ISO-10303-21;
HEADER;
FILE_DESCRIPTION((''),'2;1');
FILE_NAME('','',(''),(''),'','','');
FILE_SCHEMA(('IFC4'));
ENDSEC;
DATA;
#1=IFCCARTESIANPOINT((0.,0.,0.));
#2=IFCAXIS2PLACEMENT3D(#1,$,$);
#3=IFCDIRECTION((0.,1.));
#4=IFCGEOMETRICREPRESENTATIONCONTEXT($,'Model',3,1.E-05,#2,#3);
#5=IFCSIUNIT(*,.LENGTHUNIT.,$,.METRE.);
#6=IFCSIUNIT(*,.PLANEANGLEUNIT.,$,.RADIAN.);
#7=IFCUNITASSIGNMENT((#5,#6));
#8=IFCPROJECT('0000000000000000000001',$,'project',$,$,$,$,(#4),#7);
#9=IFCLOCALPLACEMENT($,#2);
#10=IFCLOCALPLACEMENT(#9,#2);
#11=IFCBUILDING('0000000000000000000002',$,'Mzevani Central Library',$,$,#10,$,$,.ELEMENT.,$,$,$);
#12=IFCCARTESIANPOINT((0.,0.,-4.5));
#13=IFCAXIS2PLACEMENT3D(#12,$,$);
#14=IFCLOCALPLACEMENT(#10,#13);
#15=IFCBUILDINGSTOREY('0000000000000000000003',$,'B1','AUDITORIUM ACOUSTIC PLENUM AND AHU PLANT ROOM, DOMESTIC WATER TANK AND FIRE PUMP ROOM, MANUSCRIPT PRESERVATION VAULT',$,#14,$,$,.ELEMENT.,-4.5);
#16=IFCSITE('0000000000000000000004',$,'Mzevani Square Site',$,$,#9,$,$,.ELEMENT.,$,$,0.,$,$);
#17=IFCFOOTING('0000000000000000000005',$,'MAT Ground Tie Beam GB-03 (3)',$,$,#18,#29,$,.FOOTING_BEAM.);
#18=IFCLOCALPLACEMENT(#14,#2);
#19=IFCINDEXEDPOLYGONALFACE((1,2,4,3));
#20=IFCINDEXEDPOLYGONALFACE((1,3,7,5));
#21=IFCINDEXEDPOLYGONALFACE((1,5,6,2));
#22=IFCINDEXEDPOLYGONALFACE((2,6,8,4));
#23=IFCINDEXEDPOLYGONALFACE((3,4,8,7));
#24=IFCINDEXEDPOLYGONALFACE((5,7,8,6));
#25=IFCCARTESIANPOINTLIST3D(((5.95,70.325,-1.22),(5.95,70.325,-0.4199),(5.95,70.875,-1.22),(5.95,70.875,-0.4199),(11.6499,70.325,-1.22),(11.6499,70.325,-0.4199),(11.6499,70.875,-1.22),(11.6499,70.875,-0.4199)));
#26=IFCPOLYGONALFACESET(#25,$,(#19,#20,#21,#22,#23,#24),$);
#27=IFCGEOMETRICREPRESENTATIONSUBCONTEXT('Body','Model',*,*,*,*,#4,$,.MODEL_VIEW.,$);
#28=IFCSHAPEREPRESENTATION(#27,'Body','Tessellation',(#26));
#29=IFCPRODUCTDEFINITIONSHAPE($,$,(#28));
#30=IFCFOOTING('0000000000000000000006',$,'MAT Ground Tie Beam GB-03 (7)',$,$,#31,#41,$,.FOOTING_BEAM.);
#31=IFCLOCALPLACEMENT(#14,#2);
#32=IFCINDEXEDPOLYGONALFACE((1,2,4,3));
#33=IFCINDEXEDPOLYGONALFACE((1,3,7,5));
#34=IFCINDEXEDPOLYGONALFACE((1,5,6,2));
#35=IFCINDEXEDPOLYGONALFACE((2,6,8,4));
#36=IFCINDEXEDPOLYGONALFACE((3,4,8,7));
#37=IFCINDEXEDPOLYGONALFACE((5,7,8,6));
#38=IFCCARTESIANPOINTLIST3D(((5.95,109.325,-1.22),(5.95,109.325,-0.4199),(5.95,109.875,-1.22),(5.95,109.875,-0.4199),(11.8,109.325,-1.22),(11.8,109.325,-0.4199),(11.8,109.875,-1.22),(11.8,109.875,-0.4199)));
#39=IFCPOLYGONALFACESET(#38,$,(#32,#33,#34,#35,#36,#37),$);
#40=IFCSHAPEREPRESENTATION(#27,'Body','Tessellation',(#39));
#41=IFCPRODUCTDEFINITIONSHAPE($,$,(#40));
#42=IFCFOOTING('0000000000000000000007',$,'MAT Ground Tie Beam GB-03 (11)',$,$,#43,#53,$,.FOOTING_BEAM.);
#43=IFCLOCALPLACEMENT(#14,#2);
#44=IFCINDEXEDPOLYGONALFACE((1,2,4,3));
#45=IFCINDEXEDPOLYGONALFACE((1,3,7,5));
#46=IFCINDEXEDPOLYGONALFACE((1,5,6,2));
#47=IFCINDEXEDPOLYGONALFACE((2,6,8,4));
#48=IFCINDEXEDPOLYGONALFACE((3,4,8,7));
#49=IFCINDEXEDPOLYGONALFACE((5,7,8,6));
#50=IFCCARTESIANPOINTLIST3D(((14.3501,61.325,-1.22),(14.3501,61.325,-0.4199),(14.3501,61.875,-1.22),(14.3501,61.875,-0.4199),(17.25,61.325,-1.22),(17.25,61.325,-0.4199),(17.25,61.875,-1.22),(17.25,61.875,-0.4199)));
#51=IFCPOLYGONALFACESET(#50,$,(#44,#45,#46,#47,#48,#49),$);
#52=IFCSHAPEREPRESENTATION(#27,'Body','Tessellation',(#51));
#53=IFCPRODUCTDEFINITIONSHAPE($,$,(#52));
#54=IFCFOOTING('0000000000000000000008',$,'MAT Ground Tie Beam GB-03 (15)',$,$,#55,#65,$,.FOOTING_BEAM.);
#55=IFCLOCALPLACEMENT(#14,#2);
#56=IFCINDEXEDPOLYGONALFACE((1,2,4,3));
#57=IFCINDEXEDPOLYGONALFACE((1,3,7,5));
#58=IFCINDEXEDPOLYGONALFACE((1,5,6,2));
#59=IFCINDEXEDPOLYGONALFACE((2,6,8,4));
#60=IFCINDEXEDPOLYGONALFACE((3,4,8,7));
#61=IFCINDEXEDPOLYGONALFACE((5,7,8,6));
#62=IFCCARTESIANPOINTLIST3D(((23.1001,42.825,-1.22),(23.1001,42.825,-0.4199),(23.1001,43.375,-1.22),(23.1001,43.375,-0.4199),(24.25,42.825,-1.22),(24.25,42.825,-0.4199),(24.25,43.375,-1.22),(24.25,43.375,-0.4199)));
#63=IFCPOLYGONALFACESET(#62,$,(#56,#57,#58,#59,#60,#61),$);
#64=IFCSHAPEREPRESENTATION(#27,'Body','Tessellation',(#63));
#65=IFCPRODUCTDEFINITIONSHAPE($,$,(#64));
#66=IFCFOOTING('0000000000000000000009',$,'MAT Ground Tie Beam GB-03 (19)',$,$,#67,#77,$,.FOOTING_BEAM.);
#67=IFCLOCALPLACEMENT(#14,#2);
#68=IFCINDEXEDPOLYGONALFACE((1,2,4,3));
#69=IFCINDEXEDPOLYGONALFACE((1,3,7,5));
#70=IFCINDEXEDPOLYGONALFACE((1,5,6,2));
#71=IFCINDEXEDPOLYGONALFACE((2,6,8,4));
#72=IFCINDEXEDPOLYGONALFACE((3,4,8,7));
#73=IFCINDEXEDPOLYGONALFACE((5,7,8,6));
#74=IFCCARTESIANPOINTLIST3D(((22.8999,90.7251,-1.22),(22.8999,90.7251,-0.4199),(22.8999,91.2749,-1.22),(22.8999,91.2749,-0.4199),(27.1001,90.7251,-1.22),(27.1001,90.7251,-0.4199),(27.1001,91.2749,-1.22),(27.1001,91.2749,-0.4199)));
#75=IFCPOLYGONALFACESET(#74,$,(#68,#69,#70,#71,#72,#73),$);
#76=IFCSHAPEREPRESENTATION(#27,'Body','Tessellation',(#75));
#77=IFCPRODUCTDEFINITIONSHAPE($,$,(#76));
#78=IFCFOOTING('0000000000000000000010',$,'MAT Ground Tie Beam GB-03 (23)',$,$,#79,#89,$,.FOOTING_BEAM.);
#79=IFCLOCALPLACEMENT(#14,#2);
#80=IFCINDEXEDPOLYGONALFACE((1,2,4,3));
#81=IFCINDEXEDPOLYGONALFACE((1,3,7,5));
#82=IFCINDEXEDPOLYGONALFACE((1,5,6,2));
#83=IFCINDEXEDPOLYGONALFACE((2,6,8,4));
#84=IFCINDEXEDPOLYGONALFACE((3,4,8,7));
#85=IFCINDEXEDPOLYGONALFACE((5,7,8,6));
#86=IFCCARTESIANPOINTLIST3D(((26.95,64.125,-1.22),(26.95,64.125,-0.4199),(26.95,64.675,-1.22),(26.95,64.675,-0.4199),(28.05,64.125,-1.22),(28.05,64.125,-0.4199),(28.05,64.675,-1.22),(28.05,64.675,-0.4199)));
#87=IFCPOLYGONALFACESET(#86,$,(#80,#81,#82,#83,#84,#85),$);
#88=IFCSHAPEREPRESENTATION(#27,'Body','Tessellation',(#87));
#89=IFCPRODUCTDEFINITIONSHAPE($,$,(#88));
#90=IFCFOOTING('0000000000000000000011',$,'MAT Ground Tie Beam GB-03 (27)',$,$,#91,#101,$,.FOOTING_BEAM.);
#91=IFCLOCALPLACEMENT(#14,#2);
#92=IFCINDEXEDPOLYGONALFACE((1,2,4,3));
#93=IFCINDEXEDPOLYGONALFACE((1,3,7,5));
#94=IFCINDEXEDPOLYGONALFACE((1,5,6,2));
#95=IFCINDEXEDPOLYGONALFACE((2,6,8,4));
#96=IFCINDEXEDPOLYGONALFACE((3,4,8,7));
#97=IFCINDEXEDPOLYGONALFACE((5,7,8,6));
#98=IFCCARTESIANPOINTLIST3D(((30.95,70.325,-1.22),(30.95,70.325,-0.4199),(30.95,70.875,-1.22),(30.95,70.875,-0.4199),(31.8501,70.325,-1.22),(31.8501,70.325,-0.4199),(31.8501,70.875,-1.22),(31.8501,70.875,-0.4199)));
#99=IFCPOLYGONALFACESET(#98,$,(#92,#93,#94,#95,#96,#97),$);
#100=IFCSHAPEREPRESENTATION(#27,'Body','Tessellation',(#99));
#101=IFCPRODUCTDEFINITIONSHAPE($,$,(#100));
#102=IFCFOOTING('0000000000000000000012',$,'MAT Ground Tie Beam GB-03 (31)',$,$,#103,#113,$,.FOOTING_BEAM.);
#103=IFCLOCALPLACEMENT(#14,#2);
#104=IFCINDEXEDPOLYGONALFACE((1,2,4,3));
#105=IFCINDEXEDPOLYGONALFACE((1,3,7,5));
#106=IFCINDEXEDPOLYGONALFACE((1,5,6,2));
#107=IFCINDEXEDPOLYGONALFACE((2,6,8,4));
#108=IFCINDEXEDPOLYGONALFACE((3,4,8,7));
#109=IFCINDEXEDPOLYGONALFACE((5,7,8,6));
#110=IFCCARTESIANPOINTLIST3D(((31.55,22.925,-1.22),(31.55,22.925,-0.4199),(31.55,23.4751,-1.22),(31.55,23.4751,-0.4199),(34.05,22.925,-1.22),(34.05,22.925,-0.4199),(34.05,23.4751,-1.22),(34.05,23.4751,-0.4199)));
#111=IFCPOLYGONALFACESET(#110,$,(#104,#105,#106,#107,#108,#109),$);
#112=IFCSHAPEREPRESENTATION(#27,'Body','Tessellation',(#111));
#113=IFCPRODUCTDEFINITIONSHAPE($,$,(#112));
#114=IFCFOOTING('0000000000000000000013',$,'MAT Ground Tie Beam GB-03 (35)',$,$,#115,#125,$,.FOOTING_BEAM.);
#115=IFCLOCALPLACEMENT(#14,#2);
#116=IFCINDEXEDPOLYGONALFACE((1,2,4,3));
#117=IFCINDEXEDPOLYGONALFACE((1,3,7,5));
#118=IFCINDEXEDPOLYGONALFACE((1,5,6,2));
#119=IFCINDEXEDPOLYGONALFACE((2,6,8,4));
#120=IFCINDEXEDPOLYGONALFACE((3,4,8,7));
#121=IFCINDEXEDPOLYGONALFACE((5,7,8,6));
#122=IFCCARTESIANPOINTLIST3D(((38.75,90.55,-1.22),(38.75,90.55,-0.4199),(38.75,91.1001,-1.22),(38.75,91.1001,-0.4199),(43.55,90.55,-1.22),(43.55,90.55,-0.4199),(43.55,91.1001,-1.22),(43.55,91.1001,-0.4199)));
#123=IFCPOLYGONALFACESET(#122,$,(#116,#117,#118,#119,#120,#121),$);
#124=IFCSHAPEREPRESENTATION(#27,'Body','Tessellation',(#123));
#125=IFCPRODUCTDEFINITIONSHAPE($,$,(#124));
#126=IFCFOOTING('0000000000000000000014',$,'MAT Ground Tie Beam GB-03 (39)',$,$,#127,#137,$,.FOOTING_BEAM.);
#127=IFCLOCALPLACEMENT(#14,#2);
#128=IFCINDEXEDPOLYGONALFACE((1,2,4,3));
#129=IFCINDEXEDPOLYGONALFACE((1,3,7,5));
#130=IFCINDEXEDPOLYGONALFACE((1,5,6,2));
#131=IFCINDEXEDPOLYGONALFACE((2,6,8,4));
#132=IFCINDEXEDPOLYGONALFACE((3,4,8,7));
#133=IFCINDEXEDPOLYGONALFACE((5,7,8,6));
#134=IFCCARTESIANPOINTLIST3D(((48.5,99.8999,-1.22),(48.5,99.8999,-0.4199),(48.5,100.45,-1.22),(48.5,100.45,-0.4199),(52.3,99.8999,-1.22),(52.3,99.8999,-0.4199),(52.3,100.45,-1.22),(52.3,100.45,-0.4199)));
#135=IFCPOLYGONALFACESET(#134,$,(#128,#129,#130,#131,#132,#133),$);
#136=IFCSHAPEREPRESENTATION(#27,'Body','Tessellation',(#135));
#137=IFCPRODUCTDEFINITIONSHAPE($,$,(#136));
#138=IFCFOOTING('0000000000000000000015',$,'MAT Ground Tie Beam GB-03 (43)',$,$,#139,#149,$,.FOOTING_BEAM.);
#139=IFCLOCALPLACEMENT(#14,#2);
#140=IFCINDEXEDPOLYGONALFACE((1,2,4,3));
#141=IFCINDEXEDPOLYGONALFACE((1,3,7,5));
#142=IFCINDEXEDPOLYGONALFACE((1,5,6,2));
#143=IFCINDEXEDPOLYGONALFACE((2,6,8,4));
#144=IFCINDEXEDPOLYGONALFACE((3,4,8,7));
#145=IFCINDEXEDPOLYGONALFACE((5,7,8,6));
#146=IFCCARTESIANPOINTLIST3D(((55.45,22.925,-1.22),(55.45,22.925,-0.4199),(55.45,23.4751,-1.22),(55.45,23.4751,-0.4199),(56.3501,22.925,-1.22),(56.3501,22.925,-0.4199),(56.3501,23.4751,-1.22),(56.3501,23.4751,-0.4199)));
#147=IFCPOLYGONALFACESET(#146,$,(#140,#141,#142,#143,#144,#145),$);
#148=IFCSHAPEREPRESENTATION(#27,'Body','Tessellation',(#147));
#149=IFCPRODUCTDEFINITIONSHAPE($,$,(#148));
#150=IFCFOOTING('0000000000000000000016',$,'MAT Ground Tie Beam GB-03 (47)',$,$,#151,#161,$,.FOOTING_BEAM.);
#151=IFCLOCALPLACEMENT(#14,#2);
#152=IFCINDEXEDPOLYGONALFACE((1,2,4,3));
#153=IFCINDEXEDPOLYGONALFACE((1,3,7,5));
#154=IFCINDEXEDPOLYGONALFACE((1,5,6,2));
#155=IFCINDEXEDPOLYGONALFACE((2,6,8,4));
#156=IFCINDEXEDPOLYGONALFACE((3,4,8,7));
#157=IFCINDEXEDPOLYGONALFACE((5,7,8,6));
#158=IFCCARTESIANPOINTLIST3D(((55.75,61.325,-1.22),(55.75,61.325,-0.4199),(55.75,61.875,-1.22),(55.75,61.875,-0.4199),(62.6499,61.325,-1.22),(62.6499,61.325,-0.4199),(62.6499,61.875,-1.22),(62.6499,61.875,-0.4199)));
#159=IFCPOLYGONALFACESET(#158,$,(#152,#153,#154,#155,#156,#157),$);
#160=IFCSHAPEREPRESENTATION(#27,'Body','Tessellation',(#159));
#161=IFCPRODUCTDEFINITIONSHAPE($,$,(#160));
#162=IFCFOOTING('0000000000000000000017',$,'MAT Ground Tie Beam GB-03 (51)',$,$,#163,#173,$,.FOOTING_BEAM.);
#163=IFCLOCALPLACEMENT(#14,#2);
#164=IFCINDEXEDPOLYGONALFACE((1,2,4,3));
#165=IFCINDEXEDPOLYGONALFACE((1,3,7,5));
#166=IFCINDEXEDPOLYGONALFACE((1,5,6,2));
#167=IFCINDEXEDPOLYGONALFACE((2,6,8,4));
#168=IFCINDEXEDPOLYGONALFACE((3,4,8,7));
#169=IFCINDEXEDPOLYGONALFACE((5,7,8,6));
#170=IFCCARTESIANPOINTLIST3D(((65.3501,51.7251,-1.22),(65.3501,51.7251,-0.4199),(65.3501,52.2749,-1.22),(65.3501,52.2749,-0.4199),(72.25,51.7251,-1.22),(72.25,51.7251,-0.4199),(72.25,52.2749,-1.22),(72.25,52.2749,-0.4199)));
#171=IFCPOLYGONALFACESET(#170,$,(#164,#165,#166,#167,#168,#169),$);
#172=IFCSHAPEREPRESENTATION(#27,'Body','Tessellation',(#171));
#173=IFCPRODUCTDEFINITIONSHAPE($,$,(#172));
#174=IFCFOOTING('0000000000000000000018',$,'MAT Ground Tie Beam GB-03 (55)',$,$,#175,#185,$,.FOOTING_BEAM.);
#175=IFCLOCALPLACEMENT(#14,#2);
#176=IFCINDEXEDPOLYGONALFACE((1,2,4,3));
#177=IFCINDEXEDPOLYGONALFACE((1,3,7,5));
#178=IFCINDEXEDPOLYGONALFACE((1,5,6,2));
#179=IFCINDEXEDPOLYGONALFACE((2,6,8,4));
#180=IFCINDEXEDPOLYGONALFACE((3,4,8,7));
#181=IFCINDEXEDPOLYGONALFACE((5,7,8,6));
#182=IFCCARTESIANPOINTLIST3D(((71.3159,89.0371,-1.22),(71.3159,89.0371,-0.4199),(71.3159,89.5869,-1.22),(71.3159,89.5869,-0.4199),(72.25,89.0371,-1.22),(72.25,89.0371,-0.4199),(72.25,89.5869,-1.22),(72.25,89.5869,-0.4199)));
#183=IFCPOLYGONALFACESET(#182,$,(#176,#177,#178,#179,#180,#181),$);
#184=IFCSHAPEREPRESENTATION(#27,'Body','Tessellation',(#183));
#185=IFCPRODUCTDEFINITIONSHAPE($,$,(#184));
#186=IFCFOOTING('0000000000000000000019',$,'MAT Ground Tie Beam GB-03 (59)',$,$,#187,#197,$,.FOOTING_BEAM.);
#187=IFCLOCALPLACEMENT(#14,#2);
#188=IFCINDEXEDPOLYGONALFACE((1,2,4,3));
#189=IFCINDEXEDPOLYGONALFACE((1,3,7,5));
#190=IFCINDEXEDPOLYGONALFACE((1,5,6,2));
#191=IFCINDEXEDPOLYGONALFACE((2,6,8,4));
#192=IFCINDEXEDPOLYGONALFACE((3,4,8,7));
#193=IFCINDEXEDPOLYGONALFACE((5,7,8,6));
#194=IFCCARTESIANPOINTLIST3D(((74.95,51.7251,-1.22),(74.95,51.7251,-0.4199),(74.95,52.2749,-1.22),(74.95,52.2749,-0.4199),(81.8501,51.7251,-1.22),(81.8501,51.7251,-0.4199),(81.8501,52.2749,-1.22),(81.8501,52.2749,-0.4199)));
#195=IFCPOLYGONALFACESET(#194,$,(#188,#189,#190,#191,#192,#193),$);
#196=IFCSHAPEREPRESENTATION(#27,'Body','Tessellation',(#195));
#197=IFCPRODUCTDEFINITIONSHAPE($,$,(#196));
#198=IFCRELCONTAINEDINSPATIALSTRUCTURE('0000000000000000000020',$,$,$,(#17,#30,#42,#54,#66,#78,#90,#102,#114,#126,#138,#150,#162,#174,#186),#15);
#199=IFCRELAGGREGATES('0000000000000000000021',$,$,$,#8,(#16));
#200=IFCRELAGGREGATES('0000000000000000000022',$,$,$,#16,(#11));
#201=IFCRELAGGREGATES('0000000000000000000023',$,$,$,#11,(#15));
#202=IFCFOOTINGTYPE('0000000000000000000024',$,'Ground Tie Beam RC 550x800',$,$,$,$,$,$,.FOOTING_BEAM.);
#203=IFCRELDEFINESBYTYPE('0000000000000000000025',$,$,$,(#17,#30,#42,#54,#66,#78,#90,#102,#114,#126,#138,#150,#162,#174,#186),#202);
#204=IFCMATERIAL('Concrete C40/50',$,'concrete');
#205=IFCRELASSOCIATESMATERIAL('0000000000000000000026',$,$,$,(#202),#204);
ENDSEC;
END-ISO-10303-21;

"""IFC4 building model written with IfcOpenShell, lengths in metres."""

from ifc_helpers import new_model, si_unit, direction, frame, origin, place, context, subcontext, project, spatial, polyline, outline, extrude, material, type_object, element, save


model = new_model("IFC4")

# Units and contexts
model_context = context("Model", 3, precision=1e-05, world=origin(), true_north=direction((0.0, 1.0)))
body_context = subcontext(model_context, "Body", "Model", "MODEL_VIEW")
ifc_project = project(units=[si_unit("LENGTHUNIT", "METRE"), si_unit("PLANEANGLEUNIT", "RADIAN")], contexts=[model_context])

# Site, building, storey
site_placement = place(None, origin())
site = spatial("IfcSite", under=ifc_project, at=site_placement, Name="Mzevani Square Site", CompositionType="ELEMENT", RefElevation=0.0)
building_placement = place(site_placement, origin())
building = spatial("IfcBuilding", under=site, at=building_placement, Name="Mzevani Central Library", CompositionType="ELEMENT")
storey_placement = place(building_placement, frame((0.0, 0.0, -4.5)))
storey = spatial("IfcBuildingStorey", under=building, at=storey_placement, Name="B1", Description="AUDITORIUM ACOUSTIC PLENUM AND AHU PLANT ROOM, DOMESTIC WATER TANK AND FIRE PUMP ROOM, MANUSCRIPT PRESERVATION VAULT", CompositionType="ELEMENT", Elevation=-4.5)

# Footings
ifc_material = material(Name="Concrete C40/50", Category="concrete")
footing_type_1 = type_object("IfcFootingType", Name="Ground Tie Beam RC 550x800", PredefinedType="FOOTING_BEAM", material=ifc_material)
footing_1_placement = place(storey_placement, frame((0.0, 0.0, -1.22)))
element("IfcFooting", 1, at=footing_1_placement, inside=storey, type_object=footing_type_1, Name="MAT Ground Tie Beam GB-03 (3)", PredefinedType="FOOTING_BEAM", context=body_context, shape_type="SweptSolid", body=[
    extrude(outline(polyline([(5.95, 70.325), (11.6499, 70.325), (11.6499, 70.875), (5.95, 70.875), (5.95, 70.325)])), origin(), (0.0, 0.0, 1.0), 0.8),
])
footing_2_placement = place(storey_placement, frame((0.0, 0.0, -1.22)))
element("IfcFooting", 2, at=footing_2_placement, inside=storey, type_object=footing_type_1, Name="MAT Ground Tie Beam GB-03 (7)", PredefinedType="FOOTING_BEAM", context=body_context, shape_type="SweptSolid", body=[
    extrude(outline(polyline([(5.95, 109.325), (11.8, 109.325), (11.8, 109.875), (5.95, 109.875), (5.95, 109.325)])), origin(), (0.0, 0.0, 1.0), 0.8),
])
footing_3_placement = place(storey_placement, frame((0.0, 0.0, -1.22)))
element("IfcFooting", 3, at=footing_3_placement, inside=storey, type_object=footing_type_1, Name="MAT Ground Tie Beam GB-03 (11)", PredefinedType="FOOTING_BEAM", context=body_context, shape_type="SweptSolid", body=[
    extrude(outline(polyline([(14.3501, 61.325), (17.25, 61.325), (17.25, 61.875), (14.3501, 61.875), (14.3501, 61.325)])), origin(), (0.0, 0.0, 1.0), 0.8),
])
footing_4_placement = place(storey_placement, frame((0.0, 0.0, -1.22)))
element("IfcFooting", 4, at=footing_4_placement, inside=storey, type_object=footing_type_1, Name="MAT Ground Tie Beam GB-03 (15)", PredefinedType="FOOTING_BEAM", context=body_context, shape_type="SweptSolid", body=[
    extrude(outline(polyline([(23.1001, 42.825), (24.25, 42.825), (24.25, 43.375), (23.1001, 43.375), (23.1001, 42.825)])), origin(), (0.0, 0.0, 1.0), 0.8),
])
footing_5_placement = place(storey_placement, frame((0.0, 0.0, -1.22)))
element("IfcFooting", 5, at=footing_5_placement, inside=storey, type_object=footing_type_1, Name="MAT Ground Tie Beam GB-03 (19)", PredefinedType="FOOTING_BEAM", context=body_context, shape_type="SweptSolid", body=[
    extrude(outline(polyline([(22.8999, 90.7251), (27.1001, 90.7251), (27.1001, 91.2749), (22.8999, 91.2749), (22.8999, 90.7251)])), origin(), (0.0, 0.0, 1.0), 0.8),
])
footing_6_placement = place(storey_placement, frame((0.0, 0.0, -1.22)))
element("IfcFooting", 6, at=footing_6_placement, inside=storey, type_object=footing_type_1, Name="MAT Ground Tie Beam GB-03 (23)", PredefinedType="FOOTING_BEAM", context=body_context, shape_type="SweptSolid", body=[
    extrude(outline(polyline([(26.95, 64.125), (28.05, 64.125), (28.05, 64.675), (26.95, 64.675), (26.95, 64.125)])), origin(), (0.0, 0.0, 1.0), 0.8),
])
footing_7_placement = place(storey_placement, frame((0.0, 0.0, -1.22)))
element("IfcFooting", 7, at=footing_7_placement, inside=storey, type_object=footing_type_1, Name="MAT Ground Tie Beam GB-03 (27)", PredefinedType="FOOTING_BEAM", context=body_context, shape_type="SweptSolid", body=[
    extrude(outline(polyline([(30.95, 70.325), (31.8501, 70.325), (31.8501, 70.875), (30.95, 70.875), (30.95, 70.325)])), origin(), (0.0, 0.0, 1.0), 0.8),
])
footing_8_placement = place(storey_placement, frame((0.0, 0.0, -1.22)))
element("IfcFooting", 8, at=footing_8_placement, inside=storey, type_object=footing_type_1, Name="MAT Ground Tie Beam GB-03 (31)", PredefinedType="FOOTING_BEAM", context=body_context, shape_type="SweptSolid", body=[
    extrude(outline(polyline([(31.55, 22.925), (34.05, 22.925), (34.05, 23.4751), (31.55, 23.4751), (31.55, 22.925)])), origin(), (0.0, 0.0, 1.0), 0.8),
])
footing_9_placement = place(storey_placement, frame((0.0, 0.0, -1.22)))
element("IfcFooting", 9, at=footing_9_placement, inside=storey, type_object=footing_type_1, Name="MAT Ground Tie Beam GB-03 (35)", PredefinedType="FOOTING_BEAM", context=body_context, shape_type="SweptSolid", body=[
    extrude(outline(polyline([(38.75, 90.55), (43.55, 90.55), (43.55, 91.1001), (38.75, 91.1001), (38.75, 90.55)])), origin(), (0.0, 0.0, 1.0), 0.8),
])
footing_10_placement = place(storey_placement, frame((0.0, 0.0, -1.22)))
element("IfcFooting", 10, at=footing_10_placement, inside=storey, type_object=footing_type_1, Name="MAT Ground Tie Beam GB-03 (39)", PredefinedType="FOOTING_BEAM", context=body_context, shape_type="SweptSolid", body=[
    extrude(outline(polyline([(48.5, 99.8999), (52.3, 99.8999), (52.3, 100.45), (48.5, 100.45), (48.5, 99.8999)])), origin(), (0.0, 0.0, 1.0), 0.8),
])
footing_11_placement = place(storey_placement, frame((0.0, 0.0, -1.22)))
element("IfcFooting", 11, at=footing_11_placement, inside=storey, type_object=footing_type_1, Name="MAT Ground Tie Beam GB-03 (43)", PredefinedType="FOOTING_BEAM", context=body_context, shape_type="SweptSolid", body=[
    extrude(outline(polyline([(55.45, 22.925), (56.3501, 22.925), (56.3501, 23.4751), (55.45, 23.4751), (55.45, 22.925)])), origin(), (0.0, 0.0, 1.0), 0.8),
])
footing_12_placement = place(storey_placement, frame((0.0, 0.0, -1.22)))
element("IfcFooting", 12, at=footing_12_placement, inside=storey, type_object=footing_type_1, Name="MAT Ground Tie Beam GB-03 (47)", PredefinedType="FOOTING_BEAM", context=body_context, shape_type="SweptSolid", body=[
    extrude(outline(polyline([(55.75, 61.325), (62.6499, 61.325), (62.6499, 61.875), (55.75, 61.875), (55.75, 61.325)])), origin(), (0.0, 0.0, 1.0), 0.8),
])
footing_13_placement = place(storey_placement, frame((0.0, 0.0, -1.22)))
element("IfcFooting", 13, at=footing_13_placement, inside=storey, type_object=footing_type_1, Name="MAT Ground Tie Beam GB-03 (51)", PredefinedType="FOOTING_BEAM", context=body_context, shape_type="SweptSolid", body=[
    extrude(outline(polyline([(65.3501, 51.7251), (72.25, 51.7251), (72.25, 52.2749), (65.3501, 52.2749), (65.3501, 51.7251)])), origin(), (0.0, 0.0, 1.0), 0.8),
])
footing_14_placement = place(storey_placement, frame((0.0, 0.0, -1.22)))
element("IfcFooting", 14, at=footing_14_placement, inside=storey, type_object=footing_type_1, Name="MAT Ground Tie Beam GB-03 (55)", PredefinedType="FOOTING_BEAM", context=body_context, shape_type="SweptSolid", body=[
    extrude(outline(polyline([(71.3159, 89.0371), (72.25, 89.0371), (72.25, 89.5869), (71.3159, 89.5869), (71.3159, 89.0371)])), origin(), (0.0, 0.0, 1.0), 0.8),
])
footing_15_placement = place(storey_placement, frame((0.0, 0.0, -1.22)))
element("IfcFooting", 15, at=footing_15_placement, inside=storey, type_object=footing_type_1, Name="MAT Ground Tie Beam GB-03 (59)", PredefinedType="FOOTING_BEAM", context=body_context, shape_type="SweptSolid", body=[
    extrude(outline(polyline([(74.95, 51.7251), (81.8501, 51.7251), (81.8501, 52.2749), (74.95, 52.2749), (74.95, 51.7251)])), origin(), (0.0, 0.0, 1.0), 0.8),
])

save(model, "model.ifc")
